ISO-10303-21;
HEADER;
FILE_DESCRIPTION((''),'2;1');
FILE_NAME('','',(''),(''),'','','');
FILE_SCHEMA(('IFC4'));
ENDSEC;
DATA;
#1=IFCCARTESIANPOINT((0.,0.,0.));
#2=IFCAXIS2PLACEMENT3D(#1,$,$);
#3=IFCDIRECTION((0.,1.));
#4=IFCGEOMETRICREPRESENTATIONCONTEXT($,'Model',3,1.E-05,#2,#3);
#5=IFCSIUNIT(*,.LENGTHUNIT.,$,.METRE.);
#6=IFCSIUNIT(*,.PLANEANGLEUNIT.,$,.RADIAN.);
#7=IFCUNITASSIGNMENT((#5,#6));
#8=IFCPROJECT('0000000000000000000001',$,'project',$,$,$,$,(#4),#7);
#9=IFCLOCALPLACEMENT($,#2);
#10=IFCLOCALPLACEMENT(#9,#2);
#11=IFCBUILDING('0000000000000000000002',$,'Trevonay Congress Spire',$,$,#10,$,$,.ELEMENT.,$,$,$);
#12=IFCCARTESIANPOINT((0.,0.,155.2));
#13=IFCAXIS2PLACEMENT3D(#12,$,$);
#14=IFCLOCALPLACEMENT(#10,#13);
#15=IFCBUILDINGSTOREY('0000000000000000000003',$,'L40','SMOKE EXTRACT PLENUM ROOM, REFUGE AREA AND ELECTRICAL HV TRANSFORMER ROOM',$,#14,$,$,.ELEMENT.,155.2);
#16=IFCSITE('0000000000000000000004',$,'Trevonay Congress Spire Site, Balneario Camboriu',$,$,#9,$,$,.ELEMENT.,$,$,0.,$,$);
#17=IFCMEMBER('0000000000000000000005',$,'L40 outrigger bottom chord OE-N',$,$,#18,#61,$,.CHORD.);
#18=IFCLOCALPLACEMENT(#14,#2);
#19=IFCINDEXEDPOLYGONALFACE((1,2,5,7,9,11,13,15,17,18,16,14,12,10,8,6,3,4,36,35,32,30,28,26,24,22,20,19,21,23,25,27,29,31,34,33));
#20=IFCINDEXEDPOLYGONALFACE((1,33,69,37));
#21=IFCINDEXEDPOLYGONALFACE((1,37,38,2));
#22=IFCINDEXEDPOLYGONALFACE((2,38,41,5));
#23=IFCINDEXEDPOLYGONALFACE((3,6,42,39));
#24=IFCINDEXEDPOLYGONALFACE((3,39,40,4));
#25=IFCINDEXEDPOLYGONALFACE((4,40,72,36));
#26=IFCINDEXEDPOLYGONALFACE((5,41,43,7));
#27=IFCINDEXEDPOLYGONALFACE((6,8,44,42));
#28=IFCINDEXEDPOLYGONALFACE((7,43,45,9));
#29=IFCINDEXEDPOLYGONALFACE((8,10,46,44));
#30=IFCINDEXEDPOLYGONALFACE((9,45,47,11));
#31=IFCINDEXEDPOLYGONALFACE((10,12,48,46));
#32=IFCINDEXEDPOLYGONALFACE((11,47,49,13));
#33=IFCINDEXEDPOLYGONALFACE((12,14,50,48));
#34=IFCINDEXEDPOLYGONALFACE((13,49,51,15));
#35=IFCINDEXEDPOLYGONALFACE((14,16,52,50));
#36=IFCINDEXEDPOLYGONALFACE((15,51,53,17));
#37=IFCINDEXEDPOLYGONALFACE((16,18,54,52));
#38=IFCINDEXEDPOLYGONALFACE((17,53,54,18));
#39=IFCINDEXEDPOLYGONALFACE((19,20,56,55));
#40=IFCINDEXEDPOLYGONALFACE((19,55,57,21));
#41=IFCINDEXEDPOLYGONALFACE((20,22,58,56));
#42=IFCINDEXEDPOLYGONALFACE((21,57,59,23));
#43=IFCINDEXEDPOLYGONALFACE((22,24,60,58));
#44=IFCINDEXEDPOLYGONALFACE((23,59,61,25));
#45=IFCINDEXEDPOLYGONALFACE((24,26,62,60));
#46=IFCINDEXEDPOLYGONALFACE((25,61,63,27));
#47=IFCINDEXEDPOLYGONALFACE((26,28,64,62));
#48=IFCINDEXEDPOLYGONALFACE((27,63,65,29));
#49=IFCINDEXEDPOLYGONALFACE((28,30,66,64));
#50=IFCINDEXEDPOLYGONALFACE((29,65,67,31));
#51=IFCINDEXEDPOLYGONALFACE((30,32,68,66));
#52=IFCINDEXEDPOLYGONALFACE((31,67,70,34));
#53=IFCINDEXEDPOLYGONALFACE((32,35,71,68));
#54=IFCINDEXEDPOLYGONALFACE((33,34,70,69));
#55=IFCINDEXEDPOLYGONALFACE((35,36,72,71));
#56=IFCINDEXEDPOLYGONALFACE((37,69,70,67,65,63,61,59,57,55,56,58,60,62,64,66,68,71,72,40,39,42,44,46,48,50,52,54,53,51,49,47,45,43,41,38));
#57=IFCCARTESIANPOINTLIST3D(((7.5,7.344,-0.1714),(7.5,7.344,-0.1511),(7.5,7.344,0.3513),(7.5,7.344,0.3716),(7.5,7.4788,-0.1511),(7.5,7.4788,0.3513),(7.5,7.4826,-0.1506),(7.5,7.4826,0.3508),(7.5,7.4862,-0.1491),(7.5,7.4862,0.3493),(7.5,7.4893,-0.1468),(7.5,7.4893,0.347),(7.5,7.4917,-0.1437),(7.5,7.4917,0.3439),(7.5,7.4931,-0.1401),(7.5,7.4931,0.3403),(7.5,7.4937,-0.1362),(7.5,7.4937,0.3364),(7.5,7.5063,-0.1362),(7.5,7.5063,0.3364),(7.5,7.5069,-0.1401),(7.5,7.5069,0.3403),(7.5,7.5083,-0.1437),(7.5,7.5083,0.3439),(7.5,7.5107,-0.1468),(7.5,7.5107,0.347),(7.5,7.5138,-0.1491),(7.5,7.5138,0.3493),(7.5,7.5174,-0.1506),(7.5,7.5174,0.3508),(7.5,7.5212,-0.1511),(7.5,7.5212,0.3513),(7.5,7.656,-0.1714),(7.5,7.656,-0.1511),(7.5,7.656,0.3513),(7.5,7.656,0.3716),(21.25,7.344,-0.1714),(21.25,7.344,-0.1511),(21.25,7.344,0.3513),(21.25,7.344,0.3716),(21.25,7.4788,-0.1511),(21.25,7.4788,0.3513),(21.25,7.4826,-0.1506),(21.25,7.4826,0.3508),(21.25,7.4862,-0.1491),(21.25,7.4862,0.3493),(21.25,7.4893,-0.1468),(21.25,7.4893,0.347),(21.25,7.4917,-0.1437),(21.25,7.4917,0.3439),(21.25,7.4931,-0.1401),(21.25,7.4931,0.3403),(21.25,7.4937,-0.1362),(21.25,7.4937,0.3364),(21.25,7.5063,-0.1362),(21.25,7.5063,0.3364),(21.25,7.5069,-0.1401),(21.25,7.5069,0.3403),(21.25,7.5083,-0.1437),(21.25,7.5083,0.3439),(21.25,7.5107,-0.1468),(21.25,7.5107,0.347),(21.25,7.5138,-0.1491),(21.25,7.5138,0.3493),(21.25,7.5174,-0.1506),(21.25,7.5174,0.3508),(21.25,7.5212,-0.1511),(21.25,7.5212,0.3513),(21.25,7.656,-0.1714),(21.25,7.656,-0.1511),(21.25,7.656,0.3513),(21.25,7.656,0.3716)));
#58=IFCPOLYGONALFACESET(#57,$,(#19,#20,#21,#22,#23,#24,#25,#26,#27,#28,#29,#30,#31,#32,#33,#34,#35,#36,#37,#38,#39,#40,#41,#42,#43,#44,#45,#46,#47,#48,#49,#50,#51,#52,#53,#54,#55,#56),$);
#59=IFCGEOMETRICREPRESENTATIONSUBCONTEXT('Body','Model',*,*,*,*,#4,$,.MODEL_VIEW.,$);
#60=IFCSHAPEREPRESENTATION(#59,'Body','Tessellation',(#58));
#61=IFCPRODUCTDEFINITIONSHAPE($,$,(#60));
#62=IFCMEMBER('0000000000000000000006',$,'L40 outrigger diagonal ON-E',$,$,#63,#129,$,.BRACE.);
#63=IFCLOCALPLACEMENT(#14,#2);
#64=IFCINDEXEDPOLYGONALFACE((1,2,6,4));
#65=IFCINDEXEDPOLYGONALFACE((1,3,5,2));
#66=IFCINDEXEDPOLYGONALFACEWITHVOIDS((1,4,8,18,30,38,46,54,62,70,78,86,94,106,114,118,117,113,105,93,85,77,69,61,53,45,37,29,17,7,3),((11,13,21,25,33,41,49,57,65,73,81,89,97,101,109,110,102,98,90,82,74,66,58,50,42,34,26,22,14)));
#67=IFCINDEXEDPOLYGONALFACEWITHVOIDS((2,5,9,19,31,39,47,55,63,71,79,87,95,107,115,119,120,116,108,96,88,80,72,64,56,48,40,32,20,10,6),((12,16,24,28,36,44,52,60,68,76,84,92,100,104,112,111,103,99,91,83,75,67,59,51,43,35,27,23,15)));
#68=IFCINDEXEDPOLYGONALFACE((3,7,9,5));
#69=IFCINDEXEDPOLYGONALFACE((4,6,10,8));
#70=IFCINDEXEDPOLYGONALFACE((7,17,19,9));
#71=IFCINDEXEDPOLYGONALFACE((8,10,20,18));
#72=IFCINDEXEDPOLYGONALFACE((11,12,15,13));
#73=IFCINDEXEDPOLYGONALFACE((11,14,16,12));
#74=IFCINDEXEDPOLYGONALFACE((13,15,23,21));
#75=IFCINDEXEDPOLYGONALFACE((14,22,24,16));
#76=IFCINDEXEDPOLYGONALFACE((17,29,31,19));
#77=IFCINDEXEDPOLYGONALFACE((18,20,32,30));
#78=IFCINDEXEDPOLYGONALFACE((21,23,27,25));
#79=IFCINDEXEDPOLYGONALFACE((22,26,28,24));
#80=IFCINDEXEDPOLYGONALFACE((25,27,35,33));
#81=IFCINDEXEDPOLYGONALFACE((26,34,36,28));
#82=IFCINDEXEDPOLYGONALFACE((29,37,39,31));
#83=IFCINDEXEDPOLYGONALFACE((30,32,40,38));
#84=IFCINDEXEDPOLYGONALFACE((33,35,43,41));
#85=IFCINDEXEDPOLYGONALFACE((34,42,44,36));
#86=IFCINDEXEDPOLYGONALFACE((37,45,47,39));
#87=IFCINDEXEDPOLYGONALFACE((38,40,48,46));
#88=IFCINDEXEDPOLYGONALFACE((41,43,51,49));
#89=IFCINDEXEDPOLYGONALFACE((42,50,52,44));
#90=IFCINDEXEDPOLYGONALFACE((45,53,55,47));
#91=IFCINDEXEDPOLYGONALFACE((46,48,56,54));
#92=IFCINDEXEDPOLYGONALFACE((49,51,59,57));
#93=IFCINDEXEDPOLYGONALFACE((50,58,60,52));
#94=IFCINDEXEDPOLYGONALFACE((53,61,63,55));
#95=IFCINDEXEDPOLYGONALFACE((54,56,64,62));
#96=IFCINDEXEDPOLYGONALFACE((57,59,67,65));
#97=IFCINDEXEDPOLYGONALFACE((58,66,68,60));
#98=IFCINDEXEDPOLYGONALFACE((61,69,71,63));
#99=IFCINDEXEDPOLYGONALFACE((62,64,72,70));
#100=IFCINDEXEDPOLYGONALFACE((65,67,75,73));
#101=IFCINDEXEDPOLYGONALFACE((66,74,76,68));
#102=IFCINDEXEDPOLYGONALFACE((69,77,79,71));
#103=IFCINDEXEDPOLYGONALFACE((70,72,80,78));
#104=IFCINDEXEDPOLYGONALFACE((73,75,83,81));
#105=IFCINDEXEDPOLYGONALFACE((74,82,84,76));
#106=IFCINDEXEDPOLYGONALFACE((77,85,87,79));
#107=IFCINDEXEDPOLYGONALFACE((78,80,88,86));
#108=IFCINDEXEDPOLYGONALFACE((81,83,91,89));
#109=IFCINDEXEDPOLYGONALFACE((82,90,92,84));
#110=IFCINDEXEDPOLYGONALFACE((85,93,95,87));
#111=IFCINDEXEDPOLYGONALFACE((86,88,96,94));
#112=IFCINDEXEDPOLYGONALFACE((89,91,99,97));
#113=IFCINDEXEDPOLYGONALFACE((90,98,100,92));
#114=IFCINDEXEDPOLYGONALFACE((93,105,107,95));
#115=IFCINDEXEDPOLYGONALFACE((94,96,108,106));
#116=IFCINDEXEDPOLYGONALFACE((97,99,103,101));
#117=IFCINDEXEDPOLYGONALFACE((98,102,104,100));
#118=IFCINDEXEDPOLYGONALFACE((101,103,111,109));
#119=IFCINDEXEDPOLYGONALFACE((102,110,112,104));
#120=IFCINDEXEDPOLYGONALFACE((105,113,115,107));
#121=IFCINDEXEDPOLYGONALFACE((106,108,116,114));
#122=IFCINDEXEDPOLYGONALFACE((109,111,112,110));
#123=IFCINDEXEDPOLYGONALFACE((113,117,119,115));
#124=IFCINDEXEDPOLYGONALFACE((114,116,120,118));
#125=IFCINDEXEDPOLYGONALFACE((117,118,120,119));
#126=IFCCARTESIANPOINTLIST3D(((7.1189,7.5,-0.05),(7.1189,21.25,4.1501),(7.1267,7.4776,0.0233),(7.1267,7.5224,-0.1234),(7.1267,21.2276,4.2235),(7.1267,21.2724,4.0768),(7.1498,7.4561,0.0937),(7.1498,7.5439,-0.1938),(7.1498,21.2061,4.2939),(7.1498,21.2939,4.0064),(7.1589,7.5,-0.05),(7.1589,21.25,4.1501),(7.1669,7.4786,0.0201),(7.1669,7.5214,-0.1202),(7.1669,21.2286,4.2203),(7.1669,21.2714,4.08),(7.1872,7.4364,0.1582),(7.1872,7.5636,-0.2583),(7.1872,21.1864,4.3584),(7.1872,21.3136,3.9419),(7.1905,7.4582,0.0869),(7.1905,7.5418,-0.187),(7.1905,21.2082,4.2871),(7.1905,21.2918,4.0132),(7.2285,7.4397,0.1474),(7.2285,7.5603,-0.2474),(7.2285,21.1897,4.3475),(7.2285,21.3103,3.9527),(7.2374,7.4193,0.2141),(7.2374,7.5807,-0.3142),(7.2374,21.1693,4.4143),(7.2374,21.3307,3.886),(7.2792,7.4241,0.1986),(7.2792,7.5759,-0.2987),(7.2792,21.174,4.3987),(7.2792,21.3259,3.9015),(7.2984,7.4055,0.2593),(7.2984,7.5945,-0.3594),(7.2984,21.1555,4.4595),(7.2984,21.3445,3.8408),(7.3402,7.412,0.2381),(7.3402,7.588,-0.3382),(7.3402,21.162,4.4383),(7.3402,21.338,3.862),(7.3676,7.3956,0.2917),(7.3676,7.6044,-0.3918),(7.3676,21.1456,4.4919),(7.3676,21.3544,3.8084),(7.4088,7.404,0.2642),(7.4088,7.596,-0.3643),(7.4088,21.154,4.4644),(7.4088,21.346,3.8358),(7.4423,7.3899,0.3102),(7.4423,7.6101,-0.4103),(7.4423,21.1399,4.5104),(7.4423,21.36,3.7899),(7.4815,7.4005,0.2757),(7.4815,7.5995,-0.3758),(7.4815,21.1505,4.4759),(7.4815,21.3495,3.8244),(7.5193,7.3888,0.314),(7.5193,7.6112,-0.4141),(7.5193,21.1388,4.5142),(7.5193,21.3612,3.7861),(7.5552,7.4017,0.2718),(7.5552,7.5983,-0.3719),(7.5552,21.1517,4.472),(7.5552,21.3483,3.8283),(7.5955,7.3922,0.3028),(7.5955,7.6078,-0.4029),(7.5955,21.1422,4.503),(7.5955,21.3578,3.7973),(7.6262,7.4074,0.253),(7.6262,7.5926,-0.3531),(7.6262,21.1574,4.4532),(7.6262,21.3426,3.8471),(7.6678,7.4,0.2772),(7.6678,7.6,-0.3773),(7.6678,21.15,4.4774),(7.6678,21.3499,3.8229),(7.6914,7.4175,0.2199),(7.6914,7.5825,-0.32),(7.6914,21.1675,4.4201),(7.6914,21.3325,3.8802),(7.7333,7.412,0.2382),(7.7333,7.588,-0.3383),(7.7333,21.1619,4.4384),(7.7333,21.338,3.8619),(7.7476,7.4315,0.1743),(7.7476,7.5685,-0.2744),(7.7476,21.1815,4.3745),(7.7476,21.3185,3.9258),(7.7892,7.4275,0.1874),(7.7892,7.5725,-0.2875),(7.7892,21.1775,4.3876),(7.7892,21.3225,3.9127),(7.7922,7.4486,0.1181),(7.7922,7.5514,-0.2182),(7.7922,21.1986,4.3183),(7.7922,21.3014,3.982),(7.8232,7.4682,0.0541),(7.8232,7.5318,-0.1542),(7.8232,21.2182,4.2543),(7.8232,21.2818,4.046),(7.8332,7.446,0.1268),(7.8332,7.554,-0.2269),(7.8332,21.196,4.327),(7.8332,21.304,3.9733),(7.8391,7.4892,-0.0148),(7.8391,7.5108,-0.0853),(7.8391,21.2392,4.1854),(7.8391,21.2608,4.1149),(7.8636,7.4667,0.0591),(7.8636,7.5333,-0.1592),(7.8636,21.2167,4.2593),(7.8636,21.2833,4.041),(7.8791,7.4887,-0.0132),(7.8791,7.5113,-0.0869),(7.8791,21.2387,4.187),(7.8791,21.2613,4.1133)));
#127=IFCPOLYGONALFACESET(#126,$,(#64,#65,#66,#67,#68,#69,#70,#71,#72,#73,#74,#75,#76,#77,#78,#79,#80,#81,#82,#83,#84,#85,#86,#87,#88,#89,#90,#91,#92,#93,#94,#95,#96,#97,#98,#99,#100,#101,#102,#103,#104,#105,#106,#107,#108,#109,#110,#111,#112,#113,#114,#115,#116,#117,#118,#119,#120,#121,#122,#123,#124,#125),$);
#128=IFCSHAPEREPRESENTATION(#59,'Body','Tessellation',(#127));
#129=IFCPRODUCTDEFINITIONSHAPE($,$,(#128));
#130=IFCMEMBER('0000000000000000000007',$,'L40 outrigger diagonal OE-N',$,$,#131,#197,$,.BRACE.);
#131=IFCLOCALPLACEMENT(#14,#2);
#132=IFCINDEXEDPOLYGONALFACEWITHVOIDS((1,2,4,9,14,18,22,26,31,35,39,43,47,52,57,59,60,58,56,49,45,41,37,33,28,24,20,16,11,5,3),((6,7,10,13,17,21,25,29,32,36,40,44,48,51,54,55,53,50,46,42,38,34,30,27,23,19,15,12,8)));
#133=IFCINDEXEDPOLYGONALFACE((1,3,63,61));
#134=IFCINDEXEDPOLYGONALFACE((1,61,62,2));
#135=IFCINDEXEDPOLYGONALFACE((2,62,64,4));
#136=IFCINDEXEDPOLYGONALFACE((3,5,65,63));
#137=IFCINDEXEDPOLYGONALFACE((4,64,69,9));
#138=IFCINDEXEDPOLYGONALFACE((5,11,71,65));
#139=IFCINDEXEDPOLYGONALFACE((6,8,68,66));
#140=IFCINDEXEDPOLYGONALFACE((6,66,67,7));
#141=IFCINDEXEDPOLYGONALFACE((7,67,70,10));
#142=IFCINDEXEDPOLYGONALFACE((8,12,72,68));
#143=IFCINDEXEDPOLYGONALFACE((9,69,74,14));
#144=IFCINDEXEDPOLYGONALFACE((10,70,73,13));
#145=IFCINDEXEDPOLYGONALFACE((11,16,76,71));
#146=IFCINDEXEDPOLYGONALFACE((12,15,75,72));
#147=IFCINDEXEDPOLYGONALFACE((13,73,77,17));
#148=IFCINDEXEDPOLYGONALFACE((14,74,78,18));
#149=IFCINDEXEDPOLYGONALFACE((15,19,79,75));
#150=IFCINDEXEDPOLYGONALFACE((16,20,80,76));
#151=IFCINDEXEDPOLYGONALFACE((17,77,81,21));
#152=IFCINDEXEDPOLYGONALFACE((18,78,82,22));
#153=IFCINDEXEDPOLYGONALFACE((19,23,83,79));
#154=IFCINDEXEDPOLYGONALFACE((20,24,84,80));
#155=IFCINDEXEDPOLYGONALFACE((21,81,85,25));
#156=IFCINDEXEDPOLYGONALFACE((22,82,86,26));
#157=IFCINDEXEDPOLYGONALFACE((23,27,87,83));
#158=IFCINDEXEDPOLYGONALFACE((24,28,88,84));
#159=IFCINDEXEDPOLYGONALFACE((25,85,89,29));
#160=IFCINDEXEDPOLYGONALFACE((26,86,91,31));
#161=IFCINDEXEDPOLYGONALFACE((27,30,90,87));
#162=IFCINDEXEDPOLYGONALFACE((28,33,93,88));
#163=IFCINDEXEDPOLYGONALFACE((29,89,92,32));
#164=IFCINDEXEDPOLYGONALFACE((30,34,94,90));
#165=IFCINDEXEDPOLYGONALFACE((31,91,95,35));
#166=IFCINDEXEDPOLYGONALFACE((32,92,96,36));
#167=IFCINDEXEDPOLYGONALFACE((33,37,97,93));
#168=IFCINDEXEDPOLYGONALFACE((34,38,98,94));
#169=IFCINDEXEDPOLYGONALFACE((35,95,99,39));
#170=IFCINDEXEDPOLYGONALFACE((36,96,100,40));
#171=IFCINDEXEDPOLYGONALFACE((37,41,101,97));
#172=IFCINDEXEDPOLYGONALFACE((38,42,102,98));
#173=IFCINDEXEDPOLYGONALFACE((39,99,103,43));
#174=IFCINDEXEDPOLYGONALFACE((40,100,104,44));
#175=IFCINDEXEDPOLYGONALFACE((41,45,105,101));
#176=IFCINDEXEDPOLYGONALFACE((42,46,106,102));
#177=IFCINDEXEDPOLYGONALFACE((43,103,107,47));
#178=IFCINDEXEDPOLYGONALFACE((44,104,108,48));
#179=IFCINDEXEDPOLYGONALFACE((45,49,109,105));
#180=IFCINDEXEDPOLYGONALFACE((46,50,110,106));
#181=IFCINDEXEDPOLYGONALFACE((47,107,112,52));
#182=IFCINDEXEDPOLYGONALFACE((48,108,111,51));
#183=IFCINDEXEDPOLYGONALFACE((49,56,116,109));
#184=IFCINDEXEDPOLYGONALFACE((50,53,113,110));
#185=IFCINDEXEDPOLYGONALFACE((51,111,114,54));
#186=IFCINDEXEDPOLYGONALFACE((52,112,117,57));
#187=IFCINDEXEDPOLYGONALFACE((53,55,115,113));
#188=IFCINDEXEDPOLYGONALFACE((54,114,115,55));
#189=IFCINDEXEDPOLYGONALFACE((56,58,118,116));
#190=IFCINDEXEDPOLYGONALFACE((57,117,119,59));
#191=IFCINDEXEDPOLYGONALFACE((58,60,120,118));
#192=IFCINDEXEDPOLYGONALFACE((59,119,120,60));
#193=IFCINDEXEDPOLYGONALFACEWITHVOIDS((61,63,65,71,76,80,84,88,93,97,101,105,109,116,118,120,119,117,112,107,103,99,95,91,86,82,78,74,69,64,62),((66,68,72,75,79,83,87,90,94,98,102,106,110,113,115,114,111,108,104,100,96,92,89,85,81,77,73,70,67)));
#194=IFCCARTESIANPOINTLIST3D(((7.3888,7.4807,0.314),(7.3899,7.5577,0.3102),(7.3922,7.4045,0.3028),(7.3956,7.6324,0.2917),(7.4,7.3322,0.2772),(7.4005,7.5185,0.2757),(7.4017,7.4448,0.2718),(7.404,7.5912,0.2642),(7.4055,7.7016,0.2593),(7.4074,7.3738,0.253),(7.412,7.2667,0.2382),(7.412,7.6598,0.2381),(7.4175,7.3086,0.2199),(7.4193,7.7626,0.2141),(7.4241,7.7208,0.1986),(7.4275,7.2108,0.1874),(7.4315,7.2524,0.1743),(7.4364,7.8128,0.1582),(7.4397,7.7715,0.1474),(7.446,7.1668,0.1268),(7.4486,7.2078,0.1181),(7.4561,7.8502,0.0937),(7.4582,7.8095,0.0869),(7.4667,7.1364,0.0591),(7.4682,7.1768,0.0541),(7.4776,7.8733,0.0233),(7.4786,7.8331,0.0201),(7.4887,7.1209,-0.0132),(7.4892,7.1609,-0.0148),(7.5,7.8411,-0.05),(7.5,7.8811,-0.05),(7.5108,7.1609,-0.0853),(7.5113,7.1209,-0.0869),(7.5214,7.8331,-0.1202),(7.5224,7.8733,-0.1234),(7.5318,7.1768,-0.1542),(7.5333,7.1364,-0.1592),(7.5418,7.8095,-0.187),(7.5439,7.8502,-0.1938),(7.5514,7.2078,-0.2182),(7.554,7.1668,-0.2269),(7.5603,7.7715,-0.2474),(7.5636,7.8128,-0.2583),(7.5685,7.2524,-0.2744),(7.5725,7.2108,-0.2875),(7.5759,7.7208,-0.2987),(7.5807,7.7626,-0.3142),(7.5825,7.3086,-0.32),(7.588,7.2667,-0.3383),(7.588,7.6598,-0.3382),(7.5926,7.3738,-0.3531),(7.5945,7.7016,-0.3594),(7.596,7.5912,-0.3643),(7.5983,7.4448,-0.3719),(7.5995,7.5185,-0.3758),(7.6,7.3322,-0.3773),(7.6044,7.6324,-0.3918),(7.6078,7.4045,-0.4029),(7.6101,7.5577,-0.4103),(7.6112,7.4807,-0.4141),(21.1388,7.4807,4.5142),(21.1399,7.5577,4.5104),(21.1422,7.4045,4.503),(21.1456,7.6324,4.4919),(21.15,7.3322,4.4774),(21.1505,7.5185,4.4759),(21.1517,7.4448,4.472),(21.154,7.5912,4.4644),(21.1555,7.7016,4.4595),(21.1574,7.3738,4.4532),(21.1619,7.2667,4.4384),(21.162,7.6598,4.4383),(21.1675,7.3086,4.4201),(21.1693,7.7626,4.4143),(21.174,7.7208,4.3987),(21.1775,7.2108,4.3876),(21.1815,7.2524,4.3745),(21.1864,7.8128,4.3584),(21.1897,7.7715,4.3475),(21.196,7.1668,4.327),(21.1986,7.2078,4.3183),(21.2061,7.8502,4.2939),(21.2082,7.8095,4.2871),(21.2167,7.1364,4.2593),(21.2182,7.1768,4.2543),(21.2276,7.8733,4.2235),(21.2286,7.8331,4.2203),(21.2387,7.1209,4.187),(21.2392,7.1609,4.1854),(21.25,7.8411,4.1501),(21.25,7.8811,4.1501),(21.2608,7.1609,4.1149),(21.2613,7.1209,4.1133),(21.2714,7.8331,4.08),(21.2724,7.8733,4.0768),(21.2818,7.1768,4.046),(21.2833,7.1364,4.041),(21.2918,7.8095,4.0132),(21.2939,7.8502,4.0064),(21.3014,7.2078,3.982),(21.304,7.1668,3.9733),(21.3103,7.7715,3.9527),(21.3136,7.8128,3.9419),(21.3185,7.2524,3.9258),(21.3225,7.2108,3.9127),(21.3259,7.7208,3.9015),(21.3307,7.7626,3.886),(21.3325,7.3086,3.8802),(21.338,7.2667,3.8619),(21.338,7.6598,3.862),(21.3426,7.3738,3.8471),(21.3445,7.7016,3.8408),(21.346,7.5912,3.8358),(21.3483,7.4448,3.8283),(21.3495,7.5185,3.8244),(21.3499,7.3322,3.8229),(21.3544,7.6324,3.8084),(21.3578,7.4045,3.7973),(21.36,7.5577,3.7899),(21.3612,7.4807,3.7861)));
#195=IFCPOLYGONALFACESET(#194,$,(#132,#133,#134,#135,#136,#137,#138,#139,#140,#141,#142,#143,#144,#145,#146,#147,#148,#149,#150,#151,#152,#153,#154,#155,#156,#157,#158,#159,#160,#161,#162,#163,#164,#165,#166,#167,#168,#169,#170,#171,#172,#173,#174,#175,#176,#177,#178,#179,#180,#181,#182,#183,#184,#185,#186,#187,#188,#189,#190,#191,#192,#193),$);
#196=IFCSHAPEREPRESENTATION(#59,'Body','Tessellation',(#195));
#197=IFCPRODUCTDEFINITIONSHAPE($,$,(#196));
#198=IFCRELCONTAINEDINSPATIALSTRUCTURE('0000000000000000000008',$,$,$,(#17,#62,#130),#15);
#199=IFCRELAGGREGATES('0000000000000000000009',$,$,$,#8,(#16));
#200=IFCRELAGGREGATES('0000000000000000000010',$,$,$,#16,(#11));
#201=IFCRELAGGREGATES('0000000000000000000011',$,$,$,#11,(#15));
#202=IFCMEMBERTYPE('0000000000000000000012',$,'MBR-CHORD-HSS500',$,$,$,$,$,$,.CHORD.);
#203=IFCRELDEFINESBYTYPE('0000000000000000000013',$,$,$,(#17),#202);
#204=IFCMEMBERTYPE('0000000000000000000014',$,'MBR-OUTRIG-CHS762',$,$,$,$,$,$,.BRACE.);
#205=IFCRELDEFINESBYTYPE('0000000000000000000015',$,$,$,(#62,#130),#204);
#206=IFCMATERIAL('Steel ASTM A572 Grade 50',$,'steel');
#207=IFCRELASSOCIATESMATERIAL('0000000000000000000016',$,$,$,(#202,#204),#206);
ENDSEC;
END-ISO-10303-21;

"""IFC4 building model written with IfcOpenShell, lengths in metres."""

from ifc_helpers import new_model, si_unit, direction, frame, origin, origin_2d, place, context, subcontext, project, spatial, hollow_circle, i_section, extrude, material, material_profile, profile_set, type_object, element, save


model = new_model("IFC4")

# Units and contexts
model_context = context("Model", 3, precision=1e-05, world=origin(), true_north=direction((0.0, 1.0)))
body_context = subcontext(model_context, "Body", "Model", "MODEL_VIEW")
ifc_project = project(units=[si_unit("LENGTHUNIT", "METRE"), si_unit("PLANEANGLEUNIT", "RADIAN")], contexts=[model_context])

# Site, building, storey
site_placement = place(None, origin())
site = spatial("IfcSite", under=ifc_project, at=site_placement, Name="Trevonay Congress Spire Site, Balneario Camboriu", CompositionType="ELEMENT", RefElevation=0.0)
building_placement = place(site_placement, origin())
building = spatial("IfcBuilding", under=site, at=building_placement, Name="Trevonay Congress Spire", CompositionType="ELEMENT")
storey_placement = place(building_placement, frame((0.0, 0.0, 155.2)))
storey = spatial("IfcBuildingStorey", under=building, at=storey_placement, Name="L40", Description="SMOKE EXTRACT PLENUM ROOM, REFUGE AREA AND ELECTRICAL HV TRANSFORMER ROOM", CompositionType="ELEMENT", Elevation=155.2)

# Shared definitions
ifc_material_1 = material(Name="Steel ASTM A572 Grade 50", Category="steel")

# Members
ifc_material_profile_1 = material_profile(ifc_material_1, i_section(OverallWidth=0.312, OverallDepth=0.543, WebThickness=0.0127, FlangeThickness=0.0203, FilletRadius=0.0149, at=origin_2d()), Name="W530x150")
ifc_profile_set_1 = profile_set([ifc_material_profile_1], Name="Steel ASTM A572 Grade 50")
member_type_1 = type_object("IfcMemberType", Name="MBR-CHORD-HSS500", PredefinedType="CHORD", material=ifc_profile_set_1)
for number, where, z_axis, x_axis, name in (
    (1, (7.5, 7.5, 0.1001), (1.0, 0.0, 0.0), (0.0, 1.0, 0.0), "L40 outrigger bottom chord OE-N"),
):
    element("IfcMember", number, at=place(storey_placement, frame(where, z_axis=z_axis, x_axis=x_axis)), inside=storey, type_object=member_type_1, Name=name, PredefinedType="CHORD", context=body_context, shape_type="SweptSolid", body=[
        extrude(i_section(OverallWidth=0.312, OverallDepth=0.543, WebThickness=0.0127, FlangeThickness=0.0203, FilletRadius=0.0149, at=origin_2d()), origin(), (0.0, 0.0, 1.0), 13.75),
    ])
ifc_material_profile_2 = material_profile(ifc_material_1, hollow_circle(Radius=0.3811, WallThickness=0.04, at=origin_2d()), Name="CHS 762x40")
ifc_profile_set_2 = profile_set([ifc_material_profile_2], Name="Steel ASTM A572 Grade 50")
member_type_2 = type_object("IfcMemberType", Name="MBR-OUTRIG-CHS762", PredefinedType="BRACE", material=ifc_profile_set_2)
for number, where, z_axis, x_axis, name in (
    (2, (7.5, 7.5, -0.05), (0.0, 0.956375, 0.292143), (-1.0, 0.0, 0.0), "L40 outrigger diagonal ON-E"),
    (3, (7.5, 7.5, -0.05), (0.956375, 0.0, 0.292143), (0.0, 1.0, 0.0), "L40 outrigger diagonal OE-N"),
):
    element("IfcMember", number, at=place(storey_placement, frame(where, z_axis=z_axis, x_axis=x_axis)), inside=storey, type_object=member_type_2, Name=name, PredefinedType="BRACE", context=body_context, shape_type="SweptSolid", body=[
        extrude(hollow_circle(Radius=0.3811, WallThickness=0.04, at=origin_2d()), origin(), (0.0, 0.0, 1.0), 14.3772),
    ])

save(model, "model.ifc")
